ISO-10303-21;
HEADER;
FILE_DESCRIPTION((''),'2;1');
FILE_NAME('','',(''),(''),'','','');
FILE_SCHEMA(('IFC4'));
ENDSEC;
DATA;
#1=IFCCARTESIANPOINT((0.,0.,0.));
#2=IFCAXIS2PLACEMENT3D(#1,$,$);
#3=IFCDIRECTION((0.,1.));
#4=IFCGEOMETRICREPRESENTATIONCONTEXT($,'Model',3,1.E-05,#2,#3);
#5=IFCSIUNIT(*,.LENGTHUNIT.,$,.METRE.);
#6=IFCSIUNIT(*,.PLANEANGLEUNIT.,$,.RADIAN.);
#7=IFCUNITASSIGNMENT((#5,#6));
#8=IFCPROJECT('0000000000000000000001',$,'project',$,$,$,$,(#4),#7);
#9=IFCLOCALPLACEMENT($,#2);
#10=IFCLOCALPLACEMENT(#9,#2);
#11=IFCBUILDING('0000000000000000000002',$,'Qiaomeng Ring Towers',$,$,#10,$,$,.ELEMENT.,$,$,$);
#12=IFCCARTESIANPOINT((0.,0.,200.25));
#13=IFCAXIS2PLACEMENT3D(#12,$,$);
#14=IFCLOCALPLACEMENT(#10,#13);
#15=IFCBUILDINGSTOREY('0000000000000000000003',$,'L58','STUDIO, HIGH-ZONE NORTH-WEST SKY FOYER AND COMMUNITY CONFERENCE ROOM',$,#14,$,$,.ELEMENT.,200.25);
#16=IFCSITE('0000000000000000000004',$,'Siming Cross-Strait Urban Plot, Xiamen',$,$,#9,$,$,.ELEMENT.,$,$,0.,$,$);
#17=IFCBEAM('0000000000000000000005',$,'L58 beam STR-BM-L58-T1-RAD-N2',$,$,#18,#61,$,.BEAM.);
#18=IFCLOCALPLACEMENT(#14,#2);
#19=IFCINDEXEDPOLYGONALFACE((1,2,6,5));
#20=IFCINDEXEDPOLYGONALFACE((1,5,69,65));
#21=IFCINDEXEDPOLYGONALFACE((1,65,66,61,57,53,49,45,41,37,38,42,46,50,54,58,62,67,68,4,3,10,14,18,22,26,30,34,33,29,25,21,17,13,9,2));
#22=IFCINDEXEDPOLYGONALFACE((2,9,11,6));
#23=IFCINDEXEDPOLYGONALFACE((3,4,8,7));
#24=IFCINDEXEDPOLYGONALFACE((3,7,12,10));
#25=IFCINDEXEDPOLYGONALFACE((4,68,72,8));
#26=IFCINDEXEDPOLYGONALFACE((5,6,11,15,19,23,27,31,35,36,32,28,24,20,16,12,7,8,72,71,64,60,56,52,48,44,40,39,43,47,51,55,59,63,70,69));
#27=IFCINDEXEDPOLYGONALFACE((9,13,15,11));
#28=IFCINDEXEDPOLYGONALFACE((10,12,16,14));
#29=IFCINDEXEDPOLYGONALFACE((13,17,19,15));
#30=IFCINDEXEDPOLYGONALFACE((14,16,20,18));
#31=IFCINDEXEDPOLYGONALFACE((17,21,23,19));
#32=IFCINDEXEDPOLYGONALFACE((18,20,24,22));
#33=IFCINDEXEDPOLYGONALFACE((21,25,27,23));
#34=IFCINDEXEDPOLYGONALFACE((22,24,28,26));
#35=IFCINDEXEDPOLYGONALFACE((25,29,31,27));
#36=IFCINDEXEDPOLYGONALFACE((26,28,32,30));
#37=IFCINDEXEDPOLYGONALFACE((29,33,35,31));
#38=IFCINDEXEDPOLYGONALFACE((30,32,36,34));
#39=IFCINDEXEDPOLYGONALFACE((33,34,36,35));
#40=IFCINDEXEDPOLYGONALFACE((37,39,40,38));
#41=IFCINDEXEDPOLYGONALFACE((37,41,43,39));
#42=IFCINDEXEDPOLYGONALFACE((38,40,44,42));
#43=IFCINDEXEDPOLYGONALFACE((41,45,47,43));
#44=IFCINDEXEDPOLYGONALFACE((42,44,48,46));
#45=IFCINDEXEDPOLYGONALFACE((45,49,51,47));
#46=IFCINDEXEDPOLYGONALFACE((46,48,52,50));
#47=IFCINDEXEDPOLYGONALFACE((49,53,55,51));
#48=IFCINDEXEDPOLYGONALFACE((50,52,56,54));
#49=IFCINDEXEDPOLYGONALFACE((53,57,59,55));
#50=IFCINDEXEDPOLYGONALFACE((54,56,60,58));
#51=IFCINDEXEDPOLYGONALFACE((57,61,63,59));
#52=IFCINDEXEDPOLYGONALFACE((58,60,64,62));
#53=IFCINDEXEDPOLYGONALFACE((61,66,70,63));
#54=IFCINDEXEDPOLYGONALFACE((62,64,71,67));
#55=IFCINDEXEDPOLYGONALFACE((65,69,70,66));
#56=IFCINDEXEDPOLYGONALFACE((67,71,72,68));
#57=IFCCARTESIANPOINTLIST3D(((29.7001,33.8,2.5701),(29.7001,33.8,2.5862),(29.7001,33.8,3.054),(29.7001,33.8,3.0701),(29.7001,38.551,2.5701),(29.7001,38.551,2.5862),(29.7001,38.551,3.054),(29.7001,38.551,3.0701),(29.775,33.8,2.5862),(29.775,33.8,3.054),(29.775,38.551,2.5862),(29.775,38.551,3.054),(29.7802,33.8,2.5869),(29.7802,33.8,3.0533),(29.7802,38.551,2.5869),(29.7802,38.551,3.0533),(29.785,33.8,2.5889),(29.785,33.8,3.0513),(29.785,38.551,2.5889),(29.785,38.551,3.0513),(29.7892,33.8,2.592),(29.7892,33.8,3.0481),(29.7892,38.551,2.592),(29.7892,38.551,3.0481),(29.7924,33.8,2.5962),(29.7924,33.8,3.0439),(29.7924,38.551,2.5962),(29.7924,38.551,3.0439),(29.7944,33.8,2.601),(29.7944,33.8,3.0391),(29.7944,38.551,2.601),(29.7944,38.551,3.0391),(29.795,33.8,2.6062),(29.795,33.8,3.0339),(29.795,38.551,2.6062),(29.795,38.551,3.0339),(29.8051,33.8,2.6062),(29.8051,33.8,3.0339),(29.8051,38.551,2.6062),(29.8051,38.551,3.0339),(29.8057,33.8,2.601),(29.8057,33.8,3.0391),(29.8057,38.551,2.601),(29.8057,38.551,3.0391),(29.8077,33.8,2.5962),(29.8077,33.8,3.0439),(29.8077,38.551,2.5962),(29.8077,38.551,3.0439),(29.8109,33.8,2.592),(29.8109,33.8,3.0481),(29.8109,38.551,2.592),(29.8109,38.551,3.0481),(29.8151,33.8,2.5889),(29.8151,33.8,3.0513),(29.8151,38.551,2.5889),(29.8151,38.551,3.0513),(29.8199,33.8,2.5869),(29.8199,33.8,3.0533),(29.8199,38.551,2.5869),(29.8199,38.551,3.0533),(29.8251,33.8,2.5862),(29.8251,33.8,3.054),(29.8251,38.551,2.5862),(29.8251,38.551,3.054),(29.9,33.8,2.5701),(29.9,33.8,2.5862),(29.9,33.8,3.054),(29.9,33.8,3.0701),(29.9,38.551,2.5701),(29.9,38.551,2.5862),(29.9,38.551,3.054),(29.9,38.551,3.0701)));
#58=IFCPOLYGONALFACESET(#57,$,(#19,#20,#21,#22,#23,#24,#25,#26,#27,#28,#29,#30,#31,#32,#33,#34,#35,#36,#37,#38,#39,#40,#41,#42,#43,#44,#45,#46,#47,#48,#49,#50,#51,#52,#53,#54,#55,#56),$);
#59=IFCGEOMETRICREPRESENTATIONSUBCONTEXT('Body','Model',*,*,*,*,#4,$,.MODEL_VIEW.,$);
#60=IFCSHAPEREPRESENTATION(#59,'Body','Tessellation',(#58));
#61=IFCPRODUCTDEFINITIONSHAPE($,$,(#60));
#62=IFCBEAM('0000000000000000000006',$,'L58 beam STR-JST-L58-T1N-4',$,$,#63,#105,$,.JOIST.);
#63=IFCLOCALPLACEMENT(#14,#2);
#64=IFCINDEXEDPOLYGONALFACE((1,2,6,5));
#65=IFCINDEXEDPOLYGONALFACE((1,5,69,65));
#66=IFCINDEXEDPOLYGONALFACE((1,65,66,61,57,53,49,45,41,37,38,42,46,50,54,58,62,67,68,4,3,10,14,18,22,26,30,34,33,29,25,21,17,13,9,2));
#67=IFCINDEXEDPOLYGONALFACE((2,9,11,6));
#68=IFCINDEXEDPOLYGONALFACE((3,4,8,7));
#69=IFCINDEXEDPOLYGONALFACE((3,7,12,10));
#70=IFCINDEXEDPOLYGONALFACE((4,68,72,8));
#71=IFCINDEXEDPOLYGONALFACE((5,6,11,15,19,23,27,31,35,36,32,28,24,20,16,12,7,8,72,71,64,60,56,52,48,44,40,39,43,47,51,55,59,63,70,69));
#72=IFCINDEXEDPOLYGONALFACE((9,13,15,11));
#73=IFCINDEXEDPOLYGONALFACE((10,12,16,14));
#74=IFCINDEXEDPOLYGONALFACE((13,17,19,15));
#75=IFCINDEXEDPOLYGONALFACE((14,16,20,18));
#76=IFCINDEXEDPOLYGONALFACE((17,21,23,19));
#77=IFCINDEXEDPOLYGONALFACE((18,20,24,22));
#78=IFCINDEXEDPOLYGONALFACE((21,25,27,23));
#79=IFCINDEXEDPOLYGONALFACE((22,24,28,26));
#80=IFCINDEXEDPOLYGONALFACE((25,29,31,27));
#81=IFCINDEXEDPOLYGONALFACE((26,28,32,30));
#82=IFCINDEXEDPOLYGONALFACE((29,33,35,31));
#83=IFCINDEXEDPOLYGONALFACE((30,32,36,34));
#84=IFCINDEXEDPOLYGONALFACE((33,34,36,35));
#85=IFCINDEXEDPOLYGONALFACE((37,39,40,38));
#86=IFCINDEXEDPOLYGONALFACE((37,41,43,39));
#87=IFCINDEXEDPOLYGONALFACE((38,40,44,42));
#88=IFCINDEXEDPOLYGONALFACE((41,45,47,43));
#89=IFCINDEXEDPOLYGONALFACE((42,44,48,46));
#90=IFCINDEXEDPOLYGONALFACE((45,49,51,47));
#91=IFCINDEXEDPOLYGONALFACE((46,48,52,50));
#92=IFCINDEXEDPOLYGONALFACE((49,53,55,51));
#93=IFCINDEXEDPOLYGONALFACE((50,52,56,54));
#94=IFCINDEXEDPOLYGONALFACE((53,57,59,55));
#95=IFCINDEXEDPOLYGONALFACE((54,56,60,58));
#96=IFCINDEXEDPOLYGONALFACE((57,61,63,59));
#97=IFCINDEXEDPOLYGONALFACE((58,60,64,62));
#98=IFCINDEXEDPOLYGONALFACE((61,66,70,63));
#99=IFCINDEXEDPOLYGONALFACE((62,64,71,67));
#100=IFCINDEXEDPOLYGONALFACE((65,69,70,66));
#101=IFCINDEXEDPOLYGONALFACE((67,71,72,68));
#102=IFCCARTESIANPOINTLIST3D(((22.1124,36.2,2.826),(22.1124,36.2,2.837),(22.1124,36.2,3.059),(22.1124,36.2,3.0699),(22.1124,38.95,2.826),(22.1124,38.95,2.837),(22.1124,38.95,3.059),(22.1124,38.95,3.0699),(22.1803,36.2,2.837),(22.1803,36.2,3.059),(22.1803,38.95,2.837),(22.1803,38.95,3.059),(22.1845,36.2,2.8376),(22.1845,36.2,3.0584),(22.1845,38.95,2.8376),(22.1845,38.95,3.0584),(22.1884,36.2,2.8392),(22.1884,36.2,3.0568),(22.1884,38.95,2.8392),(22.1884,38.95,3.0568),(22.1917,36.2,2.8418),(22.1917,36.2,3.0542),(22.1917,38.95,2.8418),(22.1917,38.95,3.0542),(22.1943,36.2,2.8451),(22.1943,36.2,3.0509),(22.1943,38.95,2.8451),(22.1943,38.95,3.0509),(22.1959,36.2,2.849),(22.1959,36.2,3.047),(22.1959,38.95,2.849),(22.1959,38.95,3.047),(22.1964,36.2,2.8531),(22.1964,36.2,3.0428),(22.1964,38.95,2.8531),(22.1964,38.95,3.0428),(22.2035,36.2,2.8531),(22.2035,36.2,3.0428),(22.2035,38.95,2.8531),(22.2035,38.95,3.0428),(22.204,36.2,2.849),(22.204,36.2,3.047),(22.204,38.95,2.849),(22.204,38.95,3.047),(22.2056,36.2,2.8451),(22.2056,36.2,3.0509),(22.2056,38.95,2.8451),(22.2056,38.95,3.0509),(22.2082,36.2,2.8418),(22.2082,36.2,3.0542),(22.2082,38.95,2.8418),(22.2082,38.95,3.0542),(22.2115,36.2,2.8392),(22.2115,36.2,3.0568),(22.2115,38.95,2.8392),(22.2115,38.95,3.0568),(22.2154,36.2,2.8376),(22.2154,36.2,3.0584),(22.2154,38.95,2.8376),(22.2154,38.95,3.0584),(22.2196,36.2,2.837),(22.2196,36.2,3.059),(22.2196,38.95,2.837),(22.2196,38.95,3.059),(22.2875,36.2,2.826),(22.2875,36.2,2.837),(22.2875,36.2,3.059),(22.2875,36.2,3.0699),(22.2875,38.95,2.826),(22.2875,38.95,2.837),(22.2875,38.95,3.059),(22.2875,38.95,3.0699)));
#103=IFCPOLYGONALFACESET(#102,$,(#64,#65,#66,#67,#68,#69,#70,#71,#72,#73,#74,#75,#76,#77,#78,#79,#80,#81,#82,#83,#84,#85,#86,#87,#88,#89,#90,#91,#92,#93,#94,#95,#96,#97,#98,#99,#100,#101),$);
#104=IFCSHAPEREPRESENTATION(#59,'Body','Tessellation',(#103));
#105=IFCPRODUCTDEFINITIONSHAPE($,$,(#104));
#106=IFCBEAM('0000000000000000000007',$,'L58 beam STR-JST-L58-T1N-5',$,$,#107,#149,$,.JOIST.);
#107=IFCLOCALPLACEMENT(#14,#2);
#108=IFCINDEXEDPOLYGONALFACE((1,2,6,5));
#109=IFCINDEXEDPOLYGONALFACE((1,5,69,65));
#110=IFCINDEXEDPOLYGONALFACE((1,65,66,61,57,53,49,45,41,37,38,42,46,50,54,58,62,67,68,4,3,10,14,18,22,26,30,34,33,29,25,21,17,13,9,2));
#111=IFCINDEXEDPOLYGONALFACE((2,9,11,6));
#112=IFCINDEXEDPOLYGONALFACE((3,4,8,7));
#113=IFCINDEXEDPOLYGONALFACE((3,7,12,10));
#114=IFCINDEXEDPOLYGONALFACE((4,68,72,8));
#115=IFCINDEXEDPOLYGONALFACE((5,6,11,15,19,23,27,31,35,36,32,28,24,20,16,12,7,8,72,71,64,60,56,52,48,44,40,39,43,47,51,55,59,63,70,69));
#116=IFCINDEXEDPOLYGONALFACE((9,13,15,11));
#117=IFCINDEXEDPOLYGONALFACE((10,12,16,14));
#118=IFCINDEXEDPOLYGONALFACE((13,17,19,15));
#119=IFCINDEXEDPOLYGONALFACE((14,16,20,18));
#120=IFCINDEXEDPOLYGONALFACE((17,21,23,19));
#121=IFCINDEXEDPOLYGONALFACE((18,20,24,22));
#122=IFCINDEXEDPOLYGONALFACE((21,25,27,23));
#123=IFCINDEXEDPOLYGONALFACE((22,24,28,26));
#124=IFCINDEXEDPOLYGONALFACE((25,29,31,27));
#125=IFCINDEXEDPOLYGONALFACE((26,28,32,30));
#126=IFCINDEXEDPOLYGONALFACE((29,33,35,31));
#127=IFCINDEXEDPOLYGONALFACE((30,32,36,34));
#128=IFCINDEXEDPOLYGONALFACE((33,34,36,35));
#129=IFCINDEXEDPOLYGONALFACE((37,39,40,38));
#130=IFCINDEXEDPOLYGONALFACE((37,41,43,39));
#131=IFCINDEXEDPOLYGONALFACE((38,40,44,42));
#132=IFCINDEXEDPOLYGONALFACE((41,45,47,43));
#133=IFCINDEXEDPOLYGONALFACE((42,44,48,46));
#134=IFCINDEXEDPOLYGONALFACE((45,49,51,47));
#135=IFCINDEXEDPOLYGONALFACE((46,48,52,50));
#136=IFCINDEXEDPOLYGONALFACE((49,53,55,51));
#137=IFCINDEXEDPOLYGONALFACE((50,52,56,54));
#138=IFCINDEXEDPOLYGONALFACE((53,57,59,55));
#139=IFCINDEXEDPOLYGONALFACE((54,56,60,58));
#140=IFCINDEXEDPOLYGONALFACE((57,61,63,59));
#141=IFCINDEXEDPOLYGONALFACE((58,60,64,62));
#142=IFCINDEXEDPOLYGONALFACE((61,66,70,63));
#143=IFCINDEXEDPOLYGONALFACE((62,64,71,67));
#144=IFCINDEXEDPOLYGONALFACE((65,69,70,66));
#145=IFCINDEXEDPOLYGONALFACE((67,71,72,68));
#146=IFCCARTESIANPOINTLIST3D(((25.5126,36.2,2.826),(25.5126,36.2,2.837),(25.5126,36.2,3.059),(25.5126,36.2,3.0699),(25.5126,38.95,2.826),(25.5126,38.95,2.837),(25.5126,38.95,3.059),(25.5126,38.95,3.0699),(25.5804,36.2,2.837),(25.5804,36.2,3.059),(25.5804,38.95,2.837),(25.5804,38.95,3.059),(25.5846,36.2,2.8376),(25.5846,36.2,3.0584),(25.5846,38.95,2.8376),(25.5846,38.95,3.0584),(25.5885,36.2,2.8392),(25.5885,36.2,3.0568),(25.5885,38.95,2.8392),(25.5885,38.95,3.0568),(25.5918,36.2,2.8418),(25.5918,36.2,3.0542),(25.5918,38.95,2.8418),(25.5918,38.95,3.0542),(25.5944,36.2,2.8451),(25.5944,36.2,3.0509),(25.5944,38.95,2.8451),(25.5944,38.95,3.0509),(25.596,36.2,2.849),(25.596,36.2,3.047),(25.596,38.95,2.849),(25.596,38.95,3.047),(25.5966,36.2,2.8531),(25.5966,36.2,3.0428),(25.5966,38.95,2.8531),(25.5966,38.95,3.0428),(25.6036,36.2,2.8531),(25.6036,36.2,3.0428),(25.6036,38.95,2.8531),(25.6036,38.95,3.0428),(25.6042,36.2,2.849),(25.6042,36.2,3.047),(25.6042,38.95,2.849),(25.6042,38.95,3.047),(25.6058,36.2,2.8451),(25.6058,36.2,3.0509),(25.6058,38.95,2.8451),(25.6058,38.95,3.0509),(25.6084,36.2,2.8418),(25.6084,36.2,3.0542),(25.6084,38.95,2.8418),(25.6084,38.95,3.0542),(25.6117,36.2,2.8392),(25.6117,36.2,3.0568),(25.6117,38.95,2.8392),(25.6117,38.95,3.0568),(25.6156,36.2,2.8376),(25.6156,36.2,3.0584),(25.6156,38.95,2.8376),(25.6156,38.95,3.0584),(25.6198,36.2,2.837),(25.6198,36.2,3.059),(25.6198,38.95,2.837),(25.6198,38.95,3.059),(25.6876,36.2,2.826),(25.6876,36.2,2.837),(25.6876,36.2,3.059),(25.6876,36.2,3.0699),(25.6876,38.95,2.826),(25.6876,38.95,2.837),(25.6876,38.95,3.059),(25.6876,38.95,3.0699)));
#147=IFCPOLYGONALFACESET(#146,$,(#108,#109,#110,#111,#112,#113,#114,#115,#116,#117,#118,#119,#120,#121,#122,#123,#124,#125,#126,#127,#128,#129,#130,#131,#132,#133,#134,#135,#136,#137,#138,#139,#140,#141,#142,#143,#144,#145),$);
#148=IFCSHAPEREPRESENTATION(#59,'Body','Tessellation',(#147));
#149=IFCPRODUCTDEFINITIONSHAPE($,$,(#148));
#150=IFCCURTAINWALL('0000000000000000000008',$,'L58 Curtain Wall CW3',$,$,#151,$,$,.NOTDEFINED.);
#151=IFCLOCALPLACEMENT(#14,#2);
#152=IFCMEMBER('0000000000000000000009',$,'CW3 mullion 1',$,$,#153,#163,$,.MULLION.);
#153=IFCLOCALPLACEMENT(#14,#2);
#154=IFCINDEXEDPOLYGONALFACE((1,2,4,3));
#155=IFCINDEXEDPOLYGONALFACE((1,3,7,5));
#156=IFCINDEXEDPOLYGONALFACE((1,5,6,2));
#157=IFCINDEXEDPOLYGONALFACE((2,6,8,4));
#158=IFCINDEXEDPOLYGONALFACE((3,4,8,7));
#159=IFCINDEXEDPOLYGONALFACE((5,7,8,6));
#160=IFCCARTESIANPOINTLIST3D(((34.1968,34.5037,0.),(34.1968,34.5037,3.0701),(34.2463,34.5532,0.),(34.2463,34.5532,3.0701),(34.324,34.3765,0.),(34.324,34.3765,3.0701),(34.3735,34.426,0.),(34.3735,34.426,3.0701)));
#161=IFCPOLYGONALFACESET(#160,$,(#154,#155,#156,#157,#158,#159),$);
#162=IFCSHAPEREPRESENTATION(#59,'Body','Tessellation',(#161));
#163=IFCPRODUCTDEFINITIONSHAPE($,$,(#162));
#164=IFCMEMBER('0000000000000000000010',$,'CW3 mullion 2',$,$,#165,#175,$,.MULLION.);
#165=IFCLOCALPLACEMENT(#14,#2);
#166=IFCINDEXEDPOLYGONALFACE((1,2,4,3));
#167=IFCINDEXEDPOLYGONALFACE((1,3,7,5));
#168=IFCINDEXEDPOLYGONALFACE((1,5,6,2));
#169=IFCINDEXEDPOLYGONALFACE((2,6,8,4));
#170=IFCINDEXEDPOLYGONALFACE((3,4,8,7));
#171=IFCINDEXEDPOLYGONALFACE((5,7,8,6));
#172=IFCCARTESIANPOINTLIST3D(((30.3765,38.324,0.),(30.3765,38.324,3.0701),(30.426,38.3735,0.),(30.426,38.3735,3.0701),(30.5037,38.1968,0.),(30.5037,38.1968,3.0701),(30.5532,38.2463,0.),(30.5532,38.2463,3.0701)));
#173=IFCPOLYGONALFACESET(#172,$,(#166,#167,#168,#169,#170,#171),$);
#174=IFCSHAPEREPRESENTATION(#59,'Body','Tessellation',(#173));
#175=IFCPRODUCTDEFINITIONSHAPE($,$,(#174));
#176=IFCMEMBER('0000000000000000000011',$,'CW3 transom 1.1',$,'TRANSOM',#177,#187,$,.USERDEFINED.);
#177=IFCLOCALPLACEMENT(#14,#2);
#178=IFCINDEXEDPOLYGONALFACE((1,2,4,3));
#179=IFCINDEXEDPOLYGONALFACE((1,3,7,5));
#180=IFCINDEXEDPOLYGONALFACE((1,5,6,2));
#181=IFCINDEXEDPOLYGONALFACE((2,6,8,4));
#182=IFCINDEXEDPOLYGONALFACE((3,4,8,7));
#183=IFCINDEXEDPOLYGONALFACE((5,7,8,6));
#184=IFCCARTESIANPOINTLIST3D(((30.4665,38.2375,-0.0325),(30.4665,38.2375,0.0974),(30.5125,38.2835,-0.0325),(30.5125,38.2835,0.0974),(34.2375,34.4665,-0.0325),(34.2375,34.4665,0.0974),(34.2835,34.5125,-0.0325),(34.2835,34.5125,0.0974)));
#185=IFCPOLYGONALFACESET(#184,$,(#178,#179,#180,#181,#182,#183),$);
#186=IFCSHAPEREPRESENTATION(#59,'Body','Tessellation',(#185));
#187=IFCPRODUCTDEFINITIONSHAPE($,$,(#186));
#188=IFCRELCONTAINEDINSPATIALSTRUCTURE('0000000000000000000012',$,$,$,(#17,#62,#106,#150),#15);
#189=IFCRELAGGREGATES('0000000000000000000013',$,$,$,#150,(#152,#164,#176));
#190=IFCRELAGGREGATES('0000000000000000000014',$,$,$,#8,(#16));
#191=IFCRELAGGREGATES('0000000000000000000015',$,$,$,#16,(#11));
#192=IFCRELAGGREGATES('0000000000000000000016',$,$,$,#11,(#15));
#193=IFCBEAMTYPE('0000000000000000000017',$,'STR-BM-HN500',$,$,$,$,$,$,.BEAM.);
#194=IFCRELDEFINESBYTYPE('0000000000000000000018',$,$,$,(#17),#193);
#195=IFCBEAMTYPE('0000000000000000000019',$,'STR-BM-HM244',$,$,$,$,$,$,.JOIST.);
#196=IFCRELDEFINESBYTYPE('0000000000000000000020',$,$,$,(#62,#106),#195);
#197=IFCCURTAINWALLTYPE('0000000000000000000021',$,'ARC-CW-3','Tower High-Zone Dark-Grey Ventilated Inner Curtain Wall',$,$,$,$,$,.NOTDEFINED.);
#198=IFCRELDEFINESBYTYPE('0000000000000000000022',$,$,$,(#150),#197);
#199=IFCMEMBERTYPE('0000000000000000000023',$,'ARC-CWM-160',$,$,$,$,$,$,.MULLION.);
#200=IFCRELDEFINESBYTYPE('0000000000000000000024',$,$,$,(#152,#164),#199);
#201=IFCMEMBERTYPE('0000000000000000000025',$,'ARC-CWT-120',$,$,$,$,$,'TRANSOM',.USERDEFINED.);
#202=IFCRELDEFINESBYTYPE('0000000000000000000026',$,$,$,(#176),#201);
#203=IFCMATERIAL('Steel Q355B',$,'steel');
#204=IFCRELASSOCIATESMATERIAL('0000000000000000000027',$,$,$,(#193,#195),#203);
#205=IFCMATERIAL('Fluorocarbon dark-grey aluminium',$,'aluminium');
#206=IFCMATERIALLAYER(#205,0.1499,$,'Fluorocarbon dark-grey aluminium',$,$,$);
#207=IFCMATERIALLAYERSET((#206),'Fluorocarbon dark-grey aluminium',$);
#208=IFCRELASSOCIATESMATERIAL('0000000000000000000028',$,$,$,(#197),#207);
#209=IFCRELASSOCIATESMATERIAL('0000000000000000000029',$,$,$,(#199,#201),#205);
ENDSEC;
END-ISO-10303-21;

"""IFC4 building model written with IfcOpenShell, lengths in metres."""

from ifc_helpers import new_model, si_unit, direction, frame, origin, origin_2d, place, context, subcontext, project, spatial, rectangle, i_section, extrude, source, transform, mapped, material, layer, layer_set, material_profile, profile_set, type_object, element, aggregate, save


model = new_model("IFC4")

# Units and contexts
model_context = context("Model", 3, precision=1e-05, world=origin(), true_north=direction((0.0, 1.0)))
body_context = subcontext(model_context, "Body", "Model", "MODEL_VIEW")
ifc_project = project(units=[si_unit("LENGTHUNIT", "METRE"), si_unit("PLANEANGLEUNIT", "RADIAN")], contexts=[model_context])

# Site, building, storey
site_placement = place(None, origin())
site = spatial("IfcSite", under=ifc_project, at=site_placement, Name="Siming Cross-Strait Urban Plot, Xiamen", CompositionType="ELEMENT", RefElevation=0.0)
building_placement = place(site_placement, origin())
building = spatial("IfcBuilding", under=site, at=building_placement, Name="Qiaomeng Ring Towers", CompositionType="ELEMENT")
storey_placement = place(building_placement, frame((0.0, 0.0, 200.25)))
storey = spatial("IfcBuildingStorey", under=building, at=storey_placement, Name="L58", Description="STUDIO, HIGH-ZONE NORTH-WEST SKY FOYER AND COMMUNITY CONFERENCE ROOM", CompositionType="ELEMENT", Elevation=200.25)

# Beams
ifc_material_1 = material(Name="Steel Q355B", Category="steel")
ifc_material_profile_1 = material_profile(ifc_material_1, i_section(OverallWidth=0.2, OverallDepth=0.5, WebThickness=0.01, FlangeThickness=0.0161, FilletRadius=0.02, at=origin_2d()), Name="HN 500x200x10x16")
ifc_profile_set_1 = profile_set([ifc_material_profile_1], Name="Steel Q355B")
beam_type_1 = type_object("IfcBeamType", Name="STR-BM-HN500", PredefinedType="BEAM", material=ifc_profile_set_1)
shared_shape_1 = source(origin(), body_context, "Body", "SweptSolid", [
    extrude(i_section(OverallWidth=0.2, OverallDepth=0.5, WebThickness=0.01, FlangeThickness=0.0161, FilletRadius=0.02, at=origin_2d()), origin(), (0.0, 0.0, 1.0), 4.751),
])
beam_1_placement = place(storey_placement, frame((29.8, 38.551, 2.8201), z_axis=(0.0, -1.0, 0.0), x_axis=(1.0, 0.0, 0.0)))
element("IfcBeam", 1, at=beam_1_placement, inside=storey, type_object=beam_type_1, Name="L58 beam STR-BM-L58-T1-RAD-N2", PredefinedType="BEAM", context=body_context, shape_type="MappedRepresentation", body=[
    mapped(shared_shape_1, transform((0.0, 0.0, 0.0), x_axis=(1.0, 0.0, 0.0), y_axis=(0.0, 1.0, 0.0), z_axis=(0.0, 0.0, 1.0), scale=1.0)),
])
ifc_material_profile_2 = material_profile(ifc_material_1, i_section(OverallWidth=0.175, OverallDepth=0.2439, WebThickness=0.0071, FlangeThickness=0.011, FilletRadius=0.0161, at=origin_2d()), Name="HM 244x175x7x11")
ifc_profile_set_2 = profile_set([ifc_material_profile_2], Name="Steel Q355B")
beam_type_2 = type_object("IfcBeamType", Name="STR-BM-HM244", PredefinedType="JOIST", material=ifc_profile_set_2)
shared_shape_2 = source(origin(), body_context, "Body", "SweptSolid", [
    extrude(i_section(OverallWidth=0.175, OverallDepth=0.2439, WebThickness=0.0071, FlangeThickness=0.011, FilletRadius=0.0161, at=origin_2d()), origin(), (0.0, 0.0, 1.0), 2.75),
])
for number, where, z_axis, x_axis, name in (
    (2, (22.2, 36.2, 2.948), (0.0, 1.0, 0.0), (-1.0, 0.0, 0.0), "L58 beam STR-JST-L58-T1N-4"),
    (3, (25.6001, 36.2, 2.948), (0.0, 1.0, 0.0), (-1.0, 0.0, 0.0), "L58 beam STR-JST-L58-T1N-5"),
):
    element("IfcBeam", number, at=place(storey_placement, frame(where, z_axis=z_axis, x_axis=x_axis)), inside=storey, type_object=beam_type_2, Name=name, PredefinedType="JOIST", context=body_context, shape_type="MappedRepresentation", body=[
        mapped(shared_shape_2, transform((0.0, 0.0, 0.0), x_axis=(1.0, 0.0, 0.0), y_axis=(0.0, 1.0, 0.0), z_axis=(0.0, 0.0, 1.0), scale=1.0)),
    ])

# Curtain wall, members
ifc_material_2 = material(Name="Fluorocarbon dark-grey aluminium", Category="aluminium")
ifc_layer_1 = layer(ifc_material_2, 0.1499, Name="Fluorocarbon dark-grey aluminium")
ifc_layer_set_1 = layer_set([ifc_layer_1], Name="Fluorocarbon dark-grey aluminium")
curtain_wall_type = type_object("IfcCurtainWallType", Name="ARC-CW-3", Description="Tower High-Zone Dark-Grey Ventilated Inner Curtain Wall", PredefinedType="NOTDEFINED", material=ifc_layer_set_1)
curtain_wall_placement = place(storey_placement, origin())
curtain_wall = element("IfcCurtainWall", 4, at=curtain_wall_placement, inside=storey, type_object=curtain_wall_type, Name="L58 Curtain Wall CW3", PredefinedType="NOTDEFINED")
ifc_material_profile_3 = material_profile(ifc_material_2, rectangle(XDim=0.0701, YDim=0.1799, at=origin_2d()), Name="ALU MULL 70x180")
ifc_profile_set_3 = profile_set([ifc_material_profile_3], Name="Fluorocarbon dark-grey aluminium")
member_type_1 = type_object("IfcMemberType", Name="ARC-CWM-160", PredefinedType="MULLION", material=ifc_profile_set_3)
shared_shape_3 = source(origin(), body_context, "Body", "SweptSolid", [
    extrude(rectangle(XDim=0.0701, YDim=0.1799, at=origin_2d()), origin(), (0.0, 0.0, 1.0), 3.0701),
])
member_1_placement = place(storey_placement, frame((34.2852, 34.4648, 0.0), z_axis=(0.0, 0.0, 1.0), x_axis=(-0.707107, -0.707107, 0.0)))
member_1 = element("IfcMember", 5, at=member_1_placement, type_object=member_type_1, Name="CW3 mullion 1", PredefinedType="MULLION", context=body_context, shape_type="MappedRepresentation", body=[
    mapped(shared_shape_3, transform((0.0, 0.0, 0.0), x_axis=(1.0, 0.0, 0.0), y_axis=(0.0, 1.0, 0.0), z_axis=(0.0, 0.0, 1.0), scale=1.0)),
])
member_2_placement = place(storey_placement, frame((30.4648, 38.2852, 0.0), z_axis=(0.0, 0.0, 1.0), x_axis=(-0.707107, -0.707107, 0.0)))
member_2 = element("IfcMember", 6, at=member_2_placement, type_object=member_type_1, Name="CW3 mullion 2", PredefinedType="MULLION", context=body_context, shape_type="MappedRepresentation", body=[
    mapped(shared_shape_3, transform((0.0, 0.0, 0.0), x_axis=(1.0, 0.0, 0.0), y_axis=(0.0, 1.0, 0.0), z_axis=(0.0, 0.0, 1.0), scale=1.0)),
])
ifc_material_profile_4 = material_profile(ifc_material_2, rectangle(XDim=0.0649, YDim=0.1299, at=origin_2d()), Name="ALU TRAN 65x130")
ifc_profile_set_4 = profile_set([ifc_material_profile_4], Name="Fluorocarbon dark-grey aluminium")
member_type_2 = type_object("IfcMemberType", Name="ARC-CWT-120", ElementType="TRANSOM", PredefinedType="USERDEFINED", material=ifc_profile_set_4)
shared_shape_4 = source(origin(), body_context, "Body", "SweptSolid", [
    extrude(rectangle(XDim=0.0649, YDim=0.1299, at=origin_2d()), origin(), (0.0, 0.0, 1.0), 5.333),
])
member_3_placement = place(storey_placement, frame((34.2605, 34.4895, 0.0325), z_axis=(-0.707107, 0.707107, 0.0), x_axis=(-0.707107, -0.707107, 0.0)))
member_3 = element("IfcMember", 7, at=member_3_placement, type_object=member_type_2, Name="CW3 transom 1.1", ObjectType="TRANSOM", PredefinedType="USERDEFINED", context=body_context, shape_type="MappedRepresentation", body=[
    mapped(shared_shape_4, transform((0.0, 0.0, 0.0), x_axis=(1.0, 0.0, 0.0), y_axis=(0.0, 1.0, 0.0), z_axis=(0.0, 0.0, 1.0), scale=1.0)),
])
aggregate(curtain_wall, [member_1, member_2, member_3])

save(model, "model.ifc")
